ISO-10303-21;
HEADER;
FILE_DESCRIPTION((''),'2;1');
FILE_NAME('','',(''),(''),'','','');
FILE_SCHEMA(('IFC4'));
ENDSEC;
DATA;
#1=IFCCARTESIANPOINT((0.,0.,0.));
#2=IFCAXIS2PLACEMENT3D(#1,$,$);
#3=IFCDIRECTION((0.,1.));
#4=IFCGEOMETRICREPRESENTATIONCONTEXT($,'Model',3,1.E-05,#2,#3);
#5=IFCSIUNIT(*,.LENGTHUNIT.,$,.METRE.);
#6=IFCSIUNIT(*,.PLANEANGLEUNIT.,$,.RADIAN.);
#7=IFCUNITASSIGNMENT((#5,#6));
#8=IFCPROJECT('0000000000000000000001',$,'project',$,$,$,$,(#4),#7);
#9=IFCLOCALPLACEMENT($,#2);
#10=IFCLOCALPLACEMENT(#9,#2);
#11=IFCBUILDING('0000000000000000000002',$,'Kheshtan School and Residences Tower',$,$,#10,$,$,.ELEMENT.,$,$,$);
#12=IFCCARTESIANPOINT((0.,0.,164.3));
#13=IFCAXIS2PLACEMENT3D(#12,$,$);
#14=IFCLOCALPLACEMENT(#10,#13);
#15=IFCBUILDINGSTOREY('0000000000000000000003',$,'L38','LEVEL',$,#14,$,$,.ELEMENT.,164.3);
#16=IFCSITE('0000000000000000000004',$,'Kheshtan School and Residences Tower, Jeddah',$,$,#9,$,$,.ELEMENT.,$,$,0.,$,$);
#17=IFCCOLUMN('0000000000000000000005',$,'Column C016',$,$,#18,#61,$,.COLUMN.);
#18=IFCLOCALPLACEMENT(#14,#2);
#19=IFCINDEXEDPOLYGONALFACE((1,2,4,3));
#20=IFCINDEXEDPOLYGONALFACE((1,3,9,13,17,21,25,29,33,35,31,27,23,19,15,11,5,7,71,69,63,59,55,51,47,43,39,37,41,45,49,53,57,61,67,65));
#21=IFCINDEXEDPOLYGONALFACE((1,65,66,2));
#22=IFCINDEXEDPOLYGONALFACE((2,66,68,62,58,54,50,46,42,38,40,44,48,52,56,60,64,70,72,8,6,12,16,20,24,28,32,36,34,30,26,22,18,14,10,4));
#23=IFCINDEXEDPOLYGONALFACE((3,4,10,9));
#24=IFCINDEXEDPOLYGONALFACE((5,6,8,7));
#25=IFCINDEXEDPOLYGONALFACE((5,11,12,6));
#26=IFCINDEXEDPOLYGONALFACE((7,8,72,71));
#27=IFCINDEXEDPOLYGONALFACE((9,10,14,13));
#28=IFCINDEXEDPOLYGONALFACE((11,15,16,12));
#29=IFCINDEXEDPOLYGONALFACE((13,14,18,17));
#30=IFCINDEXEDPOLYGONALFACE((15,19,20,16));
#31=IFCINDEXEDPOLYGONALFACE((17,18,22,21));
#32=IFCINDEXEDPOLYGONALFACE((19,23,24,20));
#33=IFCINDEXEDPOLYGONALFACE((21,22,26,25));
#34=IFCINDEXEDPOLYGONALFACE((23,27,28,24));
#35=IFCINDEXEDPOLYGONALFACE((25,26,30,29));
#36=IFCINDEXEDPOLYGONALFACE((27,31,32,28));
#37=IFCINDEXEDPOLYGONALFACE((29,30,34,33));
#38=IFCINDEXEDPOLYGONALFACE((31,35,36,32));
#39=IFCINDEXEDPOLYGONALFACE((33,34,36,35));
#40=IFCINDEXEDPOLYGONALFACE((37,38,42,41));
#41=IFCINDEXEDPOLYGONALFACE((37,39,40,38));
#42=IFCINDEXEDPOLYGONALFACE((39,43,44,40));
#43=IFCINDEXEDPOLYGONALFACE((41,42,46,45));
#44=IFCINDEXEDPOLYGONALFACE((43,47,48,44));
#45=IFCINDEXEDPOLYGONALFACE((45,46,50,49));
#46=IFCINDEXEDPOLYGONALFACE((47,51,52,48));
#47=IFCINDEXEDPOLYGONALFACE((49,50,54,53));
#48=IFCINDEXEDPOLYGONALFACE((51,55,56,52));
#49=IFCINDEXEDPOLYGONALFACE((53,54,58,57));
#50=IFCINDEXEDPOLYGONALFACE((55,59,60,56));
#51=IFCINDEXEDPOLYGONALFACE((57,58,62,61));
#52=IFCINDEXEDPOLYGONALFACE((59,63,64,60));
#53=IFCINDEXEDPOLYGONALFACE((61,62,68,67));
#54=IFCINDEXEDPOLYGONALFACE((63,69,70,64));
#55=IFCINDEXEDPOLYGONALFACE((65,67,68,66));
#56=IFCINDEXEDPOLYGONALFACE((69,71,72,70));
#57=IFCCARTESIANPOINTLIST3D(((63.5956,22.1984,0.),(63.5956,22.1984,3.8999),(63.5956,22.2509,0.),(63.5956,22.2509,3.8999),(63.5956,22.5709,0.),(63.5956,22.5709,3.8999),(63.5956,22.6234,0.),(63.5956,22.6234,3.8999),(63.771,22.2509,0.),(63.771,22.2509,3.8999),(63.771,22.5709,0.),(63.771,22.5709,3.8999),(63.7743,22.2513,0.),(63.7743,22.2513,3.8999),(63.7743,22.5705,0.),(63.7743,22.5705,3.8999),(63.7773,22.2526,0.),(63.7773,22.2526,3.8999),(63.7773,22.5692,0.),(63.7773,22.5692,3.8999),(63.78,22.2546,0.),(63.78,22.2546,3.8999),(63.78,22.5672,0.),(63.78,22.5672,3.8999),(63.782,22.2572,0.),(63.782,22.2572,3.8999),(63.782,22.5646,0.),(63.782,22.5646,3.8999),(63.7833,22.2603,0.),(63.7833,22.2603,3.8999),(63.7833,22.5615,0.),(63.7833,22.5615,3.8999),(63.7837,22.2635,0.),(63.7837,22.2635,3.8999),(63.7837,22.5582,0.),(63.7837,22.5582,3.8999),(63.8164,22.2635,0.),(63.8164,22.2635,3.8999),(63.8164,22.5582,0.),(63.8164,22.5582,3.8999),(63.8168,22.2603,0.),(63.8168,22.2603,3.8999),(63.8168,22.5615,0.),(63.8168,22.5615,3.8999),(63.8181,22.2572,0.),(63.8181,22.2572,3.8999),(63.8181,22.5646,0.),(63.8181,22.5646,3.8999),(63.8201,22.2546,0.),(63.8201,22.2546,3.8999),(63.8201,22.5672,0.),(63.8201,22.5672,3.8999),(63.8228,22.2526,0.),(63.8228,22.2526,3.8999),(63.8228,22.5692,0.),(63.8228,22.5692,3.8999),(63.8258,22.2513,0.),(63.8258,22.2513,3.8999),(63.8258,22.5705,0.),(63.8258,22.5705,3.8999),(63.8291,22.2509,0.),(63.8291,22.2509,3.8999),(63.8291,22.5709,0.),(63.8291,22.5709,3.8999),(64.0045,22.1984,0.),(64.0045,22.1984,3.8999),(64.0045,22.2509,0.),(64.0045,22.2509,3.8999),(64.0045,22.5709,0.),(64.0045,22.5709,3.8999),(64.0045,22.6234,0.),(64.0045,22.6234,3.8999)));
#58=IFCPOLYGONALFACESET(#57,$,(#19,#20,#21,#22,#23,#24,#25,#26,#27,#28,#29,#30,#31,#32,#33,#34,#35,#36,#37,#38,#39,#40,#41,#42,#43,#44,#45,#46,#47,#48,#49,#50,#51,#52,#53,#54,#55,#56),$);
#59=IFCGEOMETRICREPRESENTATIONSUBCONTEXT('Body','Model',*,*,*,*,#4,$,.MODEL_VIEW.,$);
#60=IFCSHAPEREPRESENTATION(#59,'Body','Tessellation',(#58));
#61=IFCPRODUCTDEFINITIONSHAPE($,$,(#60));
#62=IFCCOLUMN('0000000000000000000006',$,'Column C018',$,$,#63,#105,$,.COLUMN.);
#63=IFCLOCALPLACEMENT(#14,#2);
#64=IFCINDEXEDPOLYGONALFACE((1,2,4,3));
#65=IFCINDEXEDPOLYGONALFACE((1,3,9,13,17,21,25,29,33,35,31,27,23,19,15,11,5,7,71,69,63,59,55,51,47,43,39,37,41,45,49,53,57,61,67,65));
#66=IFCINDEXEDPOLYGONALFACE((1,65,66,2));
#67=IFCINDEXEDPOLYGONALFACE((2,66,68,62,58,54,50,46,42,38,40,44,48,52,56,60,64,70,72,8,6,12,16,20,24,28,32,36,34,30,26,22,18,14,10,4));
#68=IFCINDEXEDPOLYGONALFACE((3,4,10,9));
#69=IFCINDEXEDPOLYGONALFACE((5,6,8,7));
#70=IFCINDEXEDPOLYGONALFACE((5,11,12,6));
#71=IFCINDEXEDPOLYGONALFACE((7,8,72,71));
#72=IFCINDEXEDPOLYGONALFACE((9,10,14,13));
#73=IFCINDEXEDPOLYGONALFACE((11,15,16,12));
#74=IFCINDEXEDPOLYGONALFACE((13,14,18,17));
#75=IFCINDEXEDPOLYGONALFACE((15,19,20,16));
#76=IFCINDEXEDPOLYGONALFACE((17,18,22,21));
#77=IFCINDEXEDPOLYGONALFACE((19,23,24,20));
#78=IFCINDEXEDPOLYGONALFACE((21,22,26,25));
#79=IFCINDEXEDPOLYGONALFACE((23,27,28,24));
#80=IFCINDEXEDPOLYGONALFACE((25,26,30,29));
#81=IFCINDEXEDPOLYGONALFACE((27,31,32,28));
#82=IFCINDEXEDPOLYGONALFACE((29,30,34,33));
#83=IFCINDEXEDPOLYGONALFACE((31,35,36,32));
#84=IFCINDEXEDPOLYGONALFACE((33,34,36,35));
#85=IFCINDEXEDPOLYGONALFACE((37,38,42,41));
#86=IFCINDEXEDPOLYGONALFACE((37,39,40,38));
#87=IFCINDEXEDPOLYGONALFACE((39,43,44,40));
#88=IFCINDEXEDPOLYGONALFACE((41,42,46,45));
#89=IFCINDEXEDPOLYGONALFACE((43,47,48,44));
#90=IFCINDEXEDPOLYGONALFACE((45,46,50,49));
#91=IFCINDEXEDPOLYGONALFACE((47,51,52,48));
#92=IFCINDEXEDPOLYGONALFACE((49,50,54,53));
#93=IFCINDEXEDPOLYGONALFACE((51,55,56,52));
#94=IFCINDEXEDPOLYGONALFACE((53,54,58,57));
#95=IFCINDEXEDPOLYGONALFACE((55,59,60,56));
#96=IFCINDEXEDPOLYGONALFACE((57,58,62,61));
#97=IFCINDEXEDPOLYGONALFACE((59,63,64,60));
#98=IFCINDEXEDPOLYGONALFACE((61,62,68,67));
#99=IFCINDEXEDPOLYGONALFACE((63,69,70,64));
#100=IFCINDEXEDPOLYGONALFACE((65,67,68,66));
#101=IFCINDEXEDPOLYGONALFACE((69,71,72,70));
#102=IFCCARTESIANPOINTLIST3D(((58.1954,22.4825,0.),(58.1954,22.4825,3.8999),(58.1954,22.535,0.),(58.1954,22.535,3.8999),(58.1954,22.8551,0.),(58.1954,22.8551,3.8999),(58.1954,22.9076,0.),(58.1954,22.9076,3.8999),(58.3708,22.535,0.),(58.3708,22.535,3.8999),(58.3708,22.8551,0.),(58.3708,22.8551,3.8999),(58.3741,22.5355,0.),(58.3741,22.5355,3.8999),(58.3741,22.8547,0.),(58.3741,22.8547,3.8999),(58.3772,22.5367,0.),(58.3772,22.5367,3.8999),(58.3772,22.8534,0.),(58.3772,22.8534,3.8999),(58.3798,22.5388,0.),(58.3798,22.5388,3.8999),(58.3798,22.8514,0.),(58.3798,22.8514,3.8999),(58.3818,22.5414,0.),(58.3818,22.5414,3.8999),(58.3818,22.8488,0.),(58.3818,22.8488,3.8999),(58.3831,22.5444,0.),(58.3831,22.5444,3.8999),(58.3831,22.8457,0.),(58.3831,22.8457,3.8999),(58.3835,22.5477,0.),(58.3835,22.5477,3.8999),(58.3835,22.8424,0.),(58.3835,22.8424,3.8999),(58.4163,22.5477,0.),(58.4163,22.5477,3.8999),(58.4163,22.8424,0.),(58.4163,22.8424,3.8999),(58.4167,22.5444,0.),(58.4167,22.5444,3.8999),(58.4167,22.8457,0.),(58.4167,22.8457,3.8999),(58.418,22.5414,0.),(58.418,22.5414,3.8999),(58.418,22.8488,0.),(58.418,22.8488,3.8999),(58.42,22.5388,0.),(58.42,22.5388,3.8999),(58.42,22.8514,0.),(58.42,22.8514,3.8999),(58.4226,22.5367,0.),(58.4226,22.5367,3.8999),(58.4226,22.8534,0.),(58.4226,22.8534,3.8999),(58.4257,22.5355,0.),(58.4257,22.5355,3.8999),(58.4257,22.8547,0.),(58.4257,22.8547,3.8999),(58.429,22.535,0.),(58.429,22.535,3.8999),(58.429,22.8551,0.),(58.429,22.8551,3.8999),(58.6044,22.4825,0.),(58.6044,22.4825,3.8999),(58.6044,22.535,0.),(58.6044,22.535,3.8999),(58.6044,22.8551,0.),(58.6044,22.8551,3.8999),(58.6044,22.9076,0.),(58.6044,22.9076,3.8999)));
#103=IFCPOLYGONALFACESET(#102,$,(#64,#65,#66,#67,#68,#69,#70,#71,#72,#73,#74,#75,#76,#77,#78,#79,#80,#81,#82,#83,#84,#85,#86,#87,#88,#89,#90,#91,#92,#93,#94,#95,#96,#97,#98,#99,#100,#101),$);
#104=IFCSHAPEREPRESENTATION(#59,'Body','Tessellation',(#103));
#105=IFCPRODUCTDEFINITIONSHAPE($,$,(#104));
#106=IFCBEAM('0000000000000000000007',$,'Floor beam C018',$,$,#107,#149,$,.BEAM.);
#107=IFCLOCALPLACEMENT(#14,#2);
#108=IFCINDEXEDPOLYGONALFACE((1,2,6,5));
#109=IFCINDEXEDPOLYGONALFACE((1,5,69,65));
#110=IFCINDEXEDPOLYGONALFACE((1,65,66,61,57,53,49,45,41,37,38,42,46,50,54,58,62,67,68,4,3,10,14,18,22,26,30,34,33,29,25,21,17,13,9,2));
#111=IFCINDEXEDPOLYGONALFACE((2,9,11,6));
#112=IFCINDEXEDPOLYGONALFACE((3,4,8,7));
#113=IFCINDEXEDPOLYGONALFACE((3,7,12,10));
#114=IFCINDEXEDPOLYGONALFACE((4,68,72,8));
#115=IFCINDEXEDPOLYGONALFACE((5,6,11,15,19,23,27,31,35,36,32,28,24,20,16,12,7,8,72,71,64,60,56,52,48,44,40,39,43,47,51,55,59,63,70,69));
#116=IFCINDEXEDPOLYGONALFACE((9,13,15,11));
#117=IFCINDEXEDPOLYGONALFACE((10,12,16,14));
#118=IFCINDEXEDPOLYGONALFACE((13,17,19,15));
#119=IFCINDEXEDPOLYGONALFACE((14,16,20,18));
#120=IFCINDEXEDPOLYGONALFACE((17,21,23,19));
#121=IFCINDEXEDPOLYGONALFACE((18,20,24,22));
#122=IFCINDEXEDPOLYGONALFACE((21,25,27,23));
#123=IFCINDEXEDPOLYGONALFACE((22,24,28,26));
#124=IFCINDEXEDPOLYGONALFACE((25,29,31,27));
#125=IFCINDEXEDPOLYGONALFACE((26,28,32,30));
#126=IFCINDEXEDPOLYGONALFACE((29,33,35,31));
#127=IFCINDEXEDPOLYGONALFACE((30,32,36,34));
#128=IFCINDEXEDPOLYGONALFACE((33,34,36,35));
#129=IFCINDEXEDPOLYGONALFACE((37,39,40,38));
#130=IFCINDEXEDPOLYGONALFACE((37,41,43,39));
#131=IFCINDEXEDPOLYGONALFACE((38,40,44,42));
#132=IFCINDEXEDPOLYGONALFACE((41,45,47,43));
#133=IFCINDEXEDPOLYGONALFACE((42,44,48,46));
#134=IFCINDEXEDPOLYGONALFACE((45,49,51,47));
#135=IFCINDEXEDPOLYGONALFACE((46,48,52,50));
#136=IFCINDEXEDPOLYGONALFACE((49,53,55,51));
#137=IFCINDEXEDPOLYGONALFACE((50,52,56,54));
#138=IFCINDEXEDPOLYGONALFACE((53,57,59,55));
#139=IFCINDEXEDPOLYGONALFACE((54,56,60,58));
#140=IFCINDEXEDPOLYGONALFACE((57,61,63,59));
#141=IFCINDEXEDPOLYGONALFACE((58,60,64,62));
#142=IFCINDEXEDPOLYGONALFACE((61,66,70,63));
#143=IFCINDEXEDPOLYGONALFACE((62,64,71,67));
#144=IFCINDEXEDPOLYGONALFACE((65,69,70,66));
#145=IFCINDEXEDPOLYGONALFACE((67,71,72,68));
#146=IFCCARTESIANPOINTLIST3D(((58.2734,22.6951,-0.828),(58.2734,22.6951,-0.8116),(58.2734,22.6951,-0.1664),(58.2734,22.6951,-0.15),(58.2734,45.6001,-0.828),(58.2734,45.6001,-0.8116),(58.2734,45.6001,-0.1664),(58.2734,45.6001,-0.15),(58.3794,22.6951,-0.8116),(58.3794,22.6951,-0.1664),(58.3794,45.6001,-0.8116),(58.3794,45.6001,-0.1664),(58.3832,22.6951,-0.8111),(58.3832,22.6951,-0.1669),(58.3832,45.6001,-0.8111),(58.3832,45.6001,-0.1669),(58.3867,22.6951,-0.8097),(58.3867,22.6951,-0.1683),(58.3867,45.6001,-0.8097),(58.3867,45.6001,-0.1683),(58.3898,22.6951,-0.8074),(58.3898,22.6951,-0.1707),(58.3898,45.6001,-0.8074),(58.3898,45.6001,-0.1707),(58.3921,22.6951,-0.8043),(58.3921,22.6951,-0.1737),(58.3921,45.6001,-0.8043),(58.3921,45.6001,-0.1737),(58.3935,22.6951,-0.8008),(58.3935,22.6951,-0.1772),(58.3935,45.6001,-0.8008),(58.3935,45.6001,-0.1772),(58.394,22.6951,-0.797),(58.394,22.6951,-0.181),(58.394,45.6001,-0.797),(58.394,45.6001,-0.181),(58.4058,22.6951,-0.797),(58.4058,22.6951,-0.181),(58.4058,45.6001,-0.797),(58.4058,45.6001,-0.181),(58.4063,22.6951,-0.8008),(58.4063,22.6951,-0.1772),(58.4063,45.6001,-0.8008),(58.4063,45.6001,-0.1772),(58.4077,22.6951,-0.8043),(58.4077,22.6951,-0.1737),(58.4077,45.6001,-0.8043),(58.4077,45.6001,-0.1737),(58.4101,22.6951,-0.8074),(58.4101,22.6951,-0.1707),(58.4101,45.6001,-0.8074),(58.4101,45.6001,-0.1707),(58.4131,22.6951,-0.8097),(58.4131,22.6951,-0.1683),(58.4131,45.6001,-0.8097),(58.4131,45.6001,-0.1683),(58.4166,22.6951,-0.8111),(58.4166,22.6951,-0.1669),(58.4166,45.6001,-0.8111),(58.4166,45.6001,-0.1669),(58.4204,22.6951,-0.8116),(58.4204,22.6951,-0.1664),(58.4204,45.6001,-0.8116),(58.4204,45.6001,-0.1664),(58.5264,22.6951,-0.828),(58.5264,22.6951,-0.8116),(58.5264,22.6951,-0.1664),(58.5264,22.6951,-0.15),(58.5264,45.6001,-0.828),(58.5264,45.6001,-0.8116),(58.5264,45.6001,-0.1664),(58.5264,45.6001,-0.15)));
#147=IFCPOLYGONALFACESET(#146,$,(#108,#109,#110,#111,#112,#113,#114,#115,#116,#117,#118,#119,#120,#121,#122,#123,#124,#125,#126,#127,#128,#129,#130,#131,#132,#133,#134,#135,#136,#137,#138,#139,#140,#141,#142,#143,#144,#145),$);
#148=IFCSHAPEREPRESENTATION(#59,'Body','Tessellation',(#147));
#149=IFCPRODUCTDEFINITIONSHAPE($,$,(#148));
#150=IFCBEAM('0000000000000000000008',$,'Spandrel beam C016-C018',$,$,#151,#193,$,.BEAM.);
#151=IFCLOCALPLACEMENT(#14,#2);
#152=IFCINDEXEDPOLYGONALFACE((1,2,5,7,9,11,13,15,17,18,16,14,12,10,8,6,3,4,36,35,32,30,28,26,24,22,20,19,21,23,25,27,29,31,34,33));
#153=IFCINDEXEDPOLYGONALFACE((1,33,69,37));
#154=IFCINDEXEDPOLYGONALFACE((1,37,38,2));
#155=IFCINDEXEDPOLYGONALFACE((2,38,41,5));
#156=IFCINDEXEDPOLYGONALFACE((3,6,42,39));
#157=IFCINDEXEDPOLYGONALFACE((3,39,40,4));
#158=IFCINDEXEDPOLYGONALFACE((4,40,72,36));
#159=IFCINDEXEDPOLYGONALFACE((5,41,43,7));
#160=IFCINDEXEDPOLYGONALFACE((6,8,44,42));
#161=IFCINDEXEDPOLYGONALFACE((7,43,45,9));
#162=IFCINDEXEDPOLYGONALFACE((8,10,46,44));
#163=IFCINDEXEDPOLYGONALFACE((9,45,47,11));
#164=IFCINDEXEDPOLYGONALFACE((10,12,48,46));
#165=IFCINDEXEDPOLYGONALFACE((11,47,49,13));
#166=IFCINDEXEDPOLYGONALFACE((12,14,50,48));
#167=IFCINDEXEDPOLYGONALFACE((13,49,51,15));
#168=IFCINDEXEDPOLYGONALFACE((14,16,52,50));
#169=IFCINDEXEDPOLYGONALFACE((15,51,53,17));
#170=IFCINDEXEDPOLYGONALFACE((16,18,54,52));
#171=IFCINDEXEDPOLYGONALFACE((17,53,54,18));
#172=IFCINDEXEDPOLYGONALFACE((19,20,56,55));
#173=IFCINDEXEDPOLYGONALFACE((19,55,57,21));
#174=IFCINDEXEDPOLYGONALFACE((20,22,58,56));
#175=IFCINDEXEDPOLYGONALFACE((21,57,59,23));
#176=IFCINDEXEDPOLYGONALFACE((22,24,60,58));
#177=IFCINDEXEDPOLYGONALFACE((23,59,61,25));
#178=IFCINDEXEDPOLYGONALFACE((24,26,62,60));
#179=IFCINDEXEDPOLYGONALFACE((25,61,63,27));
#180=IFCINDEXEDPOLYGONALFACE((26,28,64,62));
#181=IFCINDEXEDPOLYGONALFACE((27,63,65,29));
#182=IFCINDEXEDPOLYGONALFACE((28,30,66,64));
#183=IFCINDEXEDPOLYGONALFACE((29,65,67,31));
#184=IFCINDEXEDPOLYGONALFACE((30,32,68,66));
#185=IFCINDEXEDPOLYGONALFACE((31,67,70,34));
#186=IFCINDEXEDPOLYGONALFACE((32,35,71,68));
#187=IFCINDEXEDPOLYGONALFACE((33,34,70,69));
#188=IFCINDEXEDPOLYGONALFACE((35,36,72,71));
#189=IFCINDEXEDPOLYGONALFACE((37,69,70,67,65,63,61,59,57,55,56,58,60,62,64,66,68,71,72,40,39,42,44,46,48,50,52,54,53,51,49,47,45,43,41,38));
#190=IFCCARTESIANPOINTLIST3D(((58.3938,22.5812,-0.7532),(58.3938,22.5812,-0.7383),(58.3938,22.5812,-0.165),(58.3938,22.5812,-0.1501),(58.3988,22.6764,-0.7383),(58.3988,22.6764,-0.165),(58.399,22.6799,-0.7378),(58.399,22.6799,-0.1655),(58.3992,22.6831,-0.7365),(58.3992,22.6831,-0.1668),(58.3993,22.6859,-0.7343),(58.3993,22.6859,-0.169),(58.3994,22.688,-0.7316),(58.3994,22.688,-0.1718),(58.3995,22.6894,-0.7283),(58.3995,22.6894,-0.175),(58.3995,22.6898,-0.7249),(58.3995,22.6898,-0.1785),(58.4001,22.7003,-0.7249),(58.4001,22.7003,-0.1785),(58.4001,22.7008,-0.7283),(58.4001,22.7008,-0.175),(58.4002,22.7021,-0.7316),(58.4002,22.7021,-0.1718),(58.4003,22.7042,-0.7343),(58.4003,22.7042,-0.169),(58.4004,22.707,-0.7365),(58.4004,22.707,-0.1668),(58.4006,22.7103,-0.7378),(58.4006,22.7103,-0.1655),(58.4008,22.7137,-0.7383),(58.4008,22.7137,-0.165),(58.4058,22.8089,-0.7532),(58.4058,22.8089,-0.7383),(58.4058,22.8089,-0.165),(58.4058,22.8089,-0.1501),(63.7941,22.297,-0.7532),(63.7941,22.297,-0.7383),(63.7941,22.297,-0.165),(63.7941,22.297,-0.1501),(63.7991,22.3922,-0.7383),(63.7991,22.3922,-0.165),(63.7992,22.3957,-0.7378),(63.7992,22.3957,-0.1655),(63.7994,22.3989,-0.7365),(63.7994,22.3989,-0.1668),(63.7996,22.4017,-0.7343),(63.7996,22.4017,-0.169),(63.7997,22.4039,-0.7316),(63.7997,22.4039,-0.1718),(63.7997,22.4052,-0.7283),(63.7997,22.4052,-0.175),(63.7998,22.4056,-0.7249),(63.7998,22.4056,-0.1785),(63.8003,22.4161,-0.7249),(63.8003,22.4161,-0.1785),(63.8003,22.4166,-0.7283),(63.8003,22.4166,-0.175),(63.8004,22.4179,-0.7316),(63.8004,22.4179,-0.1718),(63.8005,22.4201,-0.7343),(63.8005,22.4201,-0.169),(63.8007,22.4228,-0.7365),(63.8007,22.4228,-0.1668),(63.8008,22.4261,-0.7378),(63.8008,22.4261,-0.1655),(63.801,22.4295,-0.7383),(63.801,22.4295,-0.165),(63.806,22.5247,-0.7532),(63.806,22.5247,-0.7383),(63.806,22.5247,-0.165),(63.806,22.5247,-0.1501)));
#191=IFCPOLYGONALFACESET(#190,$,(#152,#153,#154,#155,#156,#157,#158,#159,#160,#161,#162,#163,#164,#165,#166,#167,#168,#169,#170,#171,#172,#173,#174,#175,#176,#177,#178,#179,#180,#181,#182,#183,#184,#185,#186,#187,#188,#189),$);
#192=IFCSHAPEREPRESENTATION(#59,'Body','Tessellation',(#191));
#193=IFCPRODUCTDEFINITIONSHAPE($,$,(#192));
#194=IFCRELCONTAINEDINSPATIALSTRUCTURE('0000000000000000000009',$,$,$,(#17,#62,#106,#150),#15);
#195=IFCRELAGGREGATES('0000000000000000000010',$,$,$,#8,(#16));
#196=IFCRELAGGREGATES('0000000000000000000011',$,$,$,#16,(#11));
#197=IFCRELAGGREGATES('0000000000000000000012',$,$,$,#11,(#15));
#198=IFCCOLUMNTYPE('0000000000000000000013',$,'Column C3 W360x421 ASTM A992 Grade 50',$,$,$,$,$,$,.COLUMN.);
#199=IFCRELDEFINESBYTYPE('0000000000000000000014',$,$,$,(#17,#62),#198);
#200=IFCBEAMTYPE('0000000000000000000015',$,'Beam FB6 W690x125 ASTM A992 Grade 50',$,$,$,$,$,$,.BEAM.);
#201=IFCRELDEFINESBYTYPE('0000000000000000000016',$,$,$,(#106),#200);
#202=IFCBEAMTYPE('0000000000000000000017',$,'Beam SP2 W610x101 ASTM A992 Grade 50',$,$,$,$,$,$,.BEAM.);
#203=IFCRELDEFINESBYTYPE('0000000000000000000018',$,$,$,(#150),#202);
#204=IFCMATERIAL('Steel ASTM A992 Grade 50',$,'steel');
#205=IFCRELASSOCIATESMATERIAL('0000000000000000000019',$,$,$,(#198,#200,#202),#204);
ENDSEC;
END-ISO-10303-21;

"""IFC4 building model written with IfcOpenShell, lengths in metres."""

from ifc_helpers import new_model, si_unit, direction, frame, origin, origin_2d, place, context, subcontext, project, spatial, i_section, extrude, material, material_profile, profile_set, type_object, element, save


model = new_model("IFC4")

# Units and contexts
model_context = context("Model", 3, precision=1e-05, world=origin(), true_north=direction((0.0, 1.0)))
body_context = subcontext(model_context, "Body", "Model", "MODEL_VIEW")
ifc_project = project(units=[si_unit("LENGTHUNIT", "METRE"), si_unit("PLANEANGLEUNIT", "RADIAN")], contexts=[model_context])

# Site, building, storey
site_placement = place(None, origin())
site = spatial("IfcSite", under=ifc_project, at=site_placement, Name="Kheshtan School and Residences Tower, Jeddah", CompositionType="ELEMENT", RefElevation=0.0)
building_placement = place(site_placement, origin())
building = spatial("IfcBuilding", under=site, at=building_placement, Name="Kheshtan School and Residences Tower", CompositionType="ELEMENT")
storey_placement = place(building_placement, frame((0.0, 0.0, 164.3)))
storey = spatial("IfcBuildingStorey", under=building, at=storey_placement, Name="L38", Description="LEVEL", CompositionType="ELEMENT", Elevation=164.3)

# Columns
ifc_material_1 = material(Name="Steel ASTM A992 Grade 50", Category="steel")
ifc_material_profile_1 = material_profile(ifc_material_1, i_section(OverallWidth=0.4089, OverallDepth=0.425, WebThickness=0.0327, FlangeThickness=0.0525, FilletRadius=0.0127, at=origin_2d()), Name="W360x421")
ifc_profile_set_1 = profile_set([ifc_material_profile_1], Name="Steel ASTM A992 Grade 50")
column_type = type_object("IfcColumnType", Name="Column C3 W360x421 ASTM A992 Grade 50", PredefinedType="COLUMN", material=ifc_profile_set_1)
for number, where, z_axis, x_axis, name in (
    (1, (63.8, 22.4109, 0.0), (0.0, 0.0, 1.0), (1.0, 0.0, 0.0), "Column C016"),
    (2, (58.3999, 22.6951, 0.0), (0.0, 0.0, 1.0), (1.0, 0.0, 0.0), "Column C018"),
):
    element("IfcColumn", number, at=place(storey_placement, frame(where, z_axis=z_axis, x_axis=x_axis)), inside=storey, type_object=column_type, Name=name, PredefinedType="COLUMN", context=body_context, shape_type="SweptSolid", body=[
        extrude(i_section(OverallWidth=0.4089, OverallDepth=0.425, WebThickness=0.0327, FlangeThickness=0.0525, FilletRadius=0.0127, at=origin_2d()), origin(), (0.0, 0.0, 1.0), 3.8999),
    ])

# Beams
ifc_material_profile_2 = material_profile(ifc_material_1, i_section(OverallWidth=0.2529, OverallDepth=0.678, WebThickness=0.0117, FlangeThickness=0.0164, FilletRadius=0.0146, at=origin_2d()), Name="W690x125")
ifc_profile_set_2 = profile_set([ifc_material_profile_2], Name="Steel ASTM A992 Grade 50")
beam_type_1 = type_object("IfcBeamType", Name="Beam FB6 W690x125 ASTM A992 Grade 50", PredefinedType="BEAM", material=ifc_profile_set_2)
beam_1_placement = place(storey_placement, frame((58.3999, 22.6951, -0.489), z_axis=(0.0, 1.0, 0.0), x_axis=(-1.0, 0.0, 0.0)))
element("IfcBeam", 3, at=beam_1_placement, inside=storey, type_object=beam_type_1, Name="Floor beam C018", PredefinedType="BEAM", context=body_context, shape_type="SweptSolid", body=[
    extrude(i_section(OverallWidth=0.2529, OverallDepth=0.678, WebThickness=0.0117, FlangeThickness=0.0164, FilletRadius=0.0146, at=origin_2d()), origin(), (0.0, 0.0, 1.0), 22.905),
])
ifc_material_profile_3 = material_profile(ifc_material_1, i_section(OverallWidth=0.228, OverallDepth=0.603, WebThickness=0.0105, FlangeThickness=0.0149, FilletRadius=0.0134, at=origin_2d()), Name="W610x101")
ifc_profile_set_3 = profile_set([ifc_material_profile_3], Name="Steel ASTM A992 Grade 50")
beam_type_2 = type_object("IfcBeamType", Name="Beam SP2 W610x101 ASTM A992 Grade 50", PredefinedType="BEAM", material=ifc_profile_set_3)
beam_2_placement = place(storey_placement, frame((63.8, 22.4109, -0.4517), z_axis=(-0.998618, 0.052552, 0.0), x_axis=(-0.052552, -0.998618, 0.0)))
element("IfcBeam", 4, at=beam_2_placement, inside=storey, type_object=beam_type_2, Name="Spandrel beam C016-C018", PredefinedType="BEAM", context=body_context, shape_type="SweptSolid", body=[
    extrude(i_section(OverallWidth=0.228, OverallDepth=0.603, WebThickness=0.0105, FlangeThickness=0.0149, FilletRadius=0.0134, at=origin_2d()), origin(), (0.0, 0.0, 1.0), 5.4077),
])

save(model, "model.ifc")
